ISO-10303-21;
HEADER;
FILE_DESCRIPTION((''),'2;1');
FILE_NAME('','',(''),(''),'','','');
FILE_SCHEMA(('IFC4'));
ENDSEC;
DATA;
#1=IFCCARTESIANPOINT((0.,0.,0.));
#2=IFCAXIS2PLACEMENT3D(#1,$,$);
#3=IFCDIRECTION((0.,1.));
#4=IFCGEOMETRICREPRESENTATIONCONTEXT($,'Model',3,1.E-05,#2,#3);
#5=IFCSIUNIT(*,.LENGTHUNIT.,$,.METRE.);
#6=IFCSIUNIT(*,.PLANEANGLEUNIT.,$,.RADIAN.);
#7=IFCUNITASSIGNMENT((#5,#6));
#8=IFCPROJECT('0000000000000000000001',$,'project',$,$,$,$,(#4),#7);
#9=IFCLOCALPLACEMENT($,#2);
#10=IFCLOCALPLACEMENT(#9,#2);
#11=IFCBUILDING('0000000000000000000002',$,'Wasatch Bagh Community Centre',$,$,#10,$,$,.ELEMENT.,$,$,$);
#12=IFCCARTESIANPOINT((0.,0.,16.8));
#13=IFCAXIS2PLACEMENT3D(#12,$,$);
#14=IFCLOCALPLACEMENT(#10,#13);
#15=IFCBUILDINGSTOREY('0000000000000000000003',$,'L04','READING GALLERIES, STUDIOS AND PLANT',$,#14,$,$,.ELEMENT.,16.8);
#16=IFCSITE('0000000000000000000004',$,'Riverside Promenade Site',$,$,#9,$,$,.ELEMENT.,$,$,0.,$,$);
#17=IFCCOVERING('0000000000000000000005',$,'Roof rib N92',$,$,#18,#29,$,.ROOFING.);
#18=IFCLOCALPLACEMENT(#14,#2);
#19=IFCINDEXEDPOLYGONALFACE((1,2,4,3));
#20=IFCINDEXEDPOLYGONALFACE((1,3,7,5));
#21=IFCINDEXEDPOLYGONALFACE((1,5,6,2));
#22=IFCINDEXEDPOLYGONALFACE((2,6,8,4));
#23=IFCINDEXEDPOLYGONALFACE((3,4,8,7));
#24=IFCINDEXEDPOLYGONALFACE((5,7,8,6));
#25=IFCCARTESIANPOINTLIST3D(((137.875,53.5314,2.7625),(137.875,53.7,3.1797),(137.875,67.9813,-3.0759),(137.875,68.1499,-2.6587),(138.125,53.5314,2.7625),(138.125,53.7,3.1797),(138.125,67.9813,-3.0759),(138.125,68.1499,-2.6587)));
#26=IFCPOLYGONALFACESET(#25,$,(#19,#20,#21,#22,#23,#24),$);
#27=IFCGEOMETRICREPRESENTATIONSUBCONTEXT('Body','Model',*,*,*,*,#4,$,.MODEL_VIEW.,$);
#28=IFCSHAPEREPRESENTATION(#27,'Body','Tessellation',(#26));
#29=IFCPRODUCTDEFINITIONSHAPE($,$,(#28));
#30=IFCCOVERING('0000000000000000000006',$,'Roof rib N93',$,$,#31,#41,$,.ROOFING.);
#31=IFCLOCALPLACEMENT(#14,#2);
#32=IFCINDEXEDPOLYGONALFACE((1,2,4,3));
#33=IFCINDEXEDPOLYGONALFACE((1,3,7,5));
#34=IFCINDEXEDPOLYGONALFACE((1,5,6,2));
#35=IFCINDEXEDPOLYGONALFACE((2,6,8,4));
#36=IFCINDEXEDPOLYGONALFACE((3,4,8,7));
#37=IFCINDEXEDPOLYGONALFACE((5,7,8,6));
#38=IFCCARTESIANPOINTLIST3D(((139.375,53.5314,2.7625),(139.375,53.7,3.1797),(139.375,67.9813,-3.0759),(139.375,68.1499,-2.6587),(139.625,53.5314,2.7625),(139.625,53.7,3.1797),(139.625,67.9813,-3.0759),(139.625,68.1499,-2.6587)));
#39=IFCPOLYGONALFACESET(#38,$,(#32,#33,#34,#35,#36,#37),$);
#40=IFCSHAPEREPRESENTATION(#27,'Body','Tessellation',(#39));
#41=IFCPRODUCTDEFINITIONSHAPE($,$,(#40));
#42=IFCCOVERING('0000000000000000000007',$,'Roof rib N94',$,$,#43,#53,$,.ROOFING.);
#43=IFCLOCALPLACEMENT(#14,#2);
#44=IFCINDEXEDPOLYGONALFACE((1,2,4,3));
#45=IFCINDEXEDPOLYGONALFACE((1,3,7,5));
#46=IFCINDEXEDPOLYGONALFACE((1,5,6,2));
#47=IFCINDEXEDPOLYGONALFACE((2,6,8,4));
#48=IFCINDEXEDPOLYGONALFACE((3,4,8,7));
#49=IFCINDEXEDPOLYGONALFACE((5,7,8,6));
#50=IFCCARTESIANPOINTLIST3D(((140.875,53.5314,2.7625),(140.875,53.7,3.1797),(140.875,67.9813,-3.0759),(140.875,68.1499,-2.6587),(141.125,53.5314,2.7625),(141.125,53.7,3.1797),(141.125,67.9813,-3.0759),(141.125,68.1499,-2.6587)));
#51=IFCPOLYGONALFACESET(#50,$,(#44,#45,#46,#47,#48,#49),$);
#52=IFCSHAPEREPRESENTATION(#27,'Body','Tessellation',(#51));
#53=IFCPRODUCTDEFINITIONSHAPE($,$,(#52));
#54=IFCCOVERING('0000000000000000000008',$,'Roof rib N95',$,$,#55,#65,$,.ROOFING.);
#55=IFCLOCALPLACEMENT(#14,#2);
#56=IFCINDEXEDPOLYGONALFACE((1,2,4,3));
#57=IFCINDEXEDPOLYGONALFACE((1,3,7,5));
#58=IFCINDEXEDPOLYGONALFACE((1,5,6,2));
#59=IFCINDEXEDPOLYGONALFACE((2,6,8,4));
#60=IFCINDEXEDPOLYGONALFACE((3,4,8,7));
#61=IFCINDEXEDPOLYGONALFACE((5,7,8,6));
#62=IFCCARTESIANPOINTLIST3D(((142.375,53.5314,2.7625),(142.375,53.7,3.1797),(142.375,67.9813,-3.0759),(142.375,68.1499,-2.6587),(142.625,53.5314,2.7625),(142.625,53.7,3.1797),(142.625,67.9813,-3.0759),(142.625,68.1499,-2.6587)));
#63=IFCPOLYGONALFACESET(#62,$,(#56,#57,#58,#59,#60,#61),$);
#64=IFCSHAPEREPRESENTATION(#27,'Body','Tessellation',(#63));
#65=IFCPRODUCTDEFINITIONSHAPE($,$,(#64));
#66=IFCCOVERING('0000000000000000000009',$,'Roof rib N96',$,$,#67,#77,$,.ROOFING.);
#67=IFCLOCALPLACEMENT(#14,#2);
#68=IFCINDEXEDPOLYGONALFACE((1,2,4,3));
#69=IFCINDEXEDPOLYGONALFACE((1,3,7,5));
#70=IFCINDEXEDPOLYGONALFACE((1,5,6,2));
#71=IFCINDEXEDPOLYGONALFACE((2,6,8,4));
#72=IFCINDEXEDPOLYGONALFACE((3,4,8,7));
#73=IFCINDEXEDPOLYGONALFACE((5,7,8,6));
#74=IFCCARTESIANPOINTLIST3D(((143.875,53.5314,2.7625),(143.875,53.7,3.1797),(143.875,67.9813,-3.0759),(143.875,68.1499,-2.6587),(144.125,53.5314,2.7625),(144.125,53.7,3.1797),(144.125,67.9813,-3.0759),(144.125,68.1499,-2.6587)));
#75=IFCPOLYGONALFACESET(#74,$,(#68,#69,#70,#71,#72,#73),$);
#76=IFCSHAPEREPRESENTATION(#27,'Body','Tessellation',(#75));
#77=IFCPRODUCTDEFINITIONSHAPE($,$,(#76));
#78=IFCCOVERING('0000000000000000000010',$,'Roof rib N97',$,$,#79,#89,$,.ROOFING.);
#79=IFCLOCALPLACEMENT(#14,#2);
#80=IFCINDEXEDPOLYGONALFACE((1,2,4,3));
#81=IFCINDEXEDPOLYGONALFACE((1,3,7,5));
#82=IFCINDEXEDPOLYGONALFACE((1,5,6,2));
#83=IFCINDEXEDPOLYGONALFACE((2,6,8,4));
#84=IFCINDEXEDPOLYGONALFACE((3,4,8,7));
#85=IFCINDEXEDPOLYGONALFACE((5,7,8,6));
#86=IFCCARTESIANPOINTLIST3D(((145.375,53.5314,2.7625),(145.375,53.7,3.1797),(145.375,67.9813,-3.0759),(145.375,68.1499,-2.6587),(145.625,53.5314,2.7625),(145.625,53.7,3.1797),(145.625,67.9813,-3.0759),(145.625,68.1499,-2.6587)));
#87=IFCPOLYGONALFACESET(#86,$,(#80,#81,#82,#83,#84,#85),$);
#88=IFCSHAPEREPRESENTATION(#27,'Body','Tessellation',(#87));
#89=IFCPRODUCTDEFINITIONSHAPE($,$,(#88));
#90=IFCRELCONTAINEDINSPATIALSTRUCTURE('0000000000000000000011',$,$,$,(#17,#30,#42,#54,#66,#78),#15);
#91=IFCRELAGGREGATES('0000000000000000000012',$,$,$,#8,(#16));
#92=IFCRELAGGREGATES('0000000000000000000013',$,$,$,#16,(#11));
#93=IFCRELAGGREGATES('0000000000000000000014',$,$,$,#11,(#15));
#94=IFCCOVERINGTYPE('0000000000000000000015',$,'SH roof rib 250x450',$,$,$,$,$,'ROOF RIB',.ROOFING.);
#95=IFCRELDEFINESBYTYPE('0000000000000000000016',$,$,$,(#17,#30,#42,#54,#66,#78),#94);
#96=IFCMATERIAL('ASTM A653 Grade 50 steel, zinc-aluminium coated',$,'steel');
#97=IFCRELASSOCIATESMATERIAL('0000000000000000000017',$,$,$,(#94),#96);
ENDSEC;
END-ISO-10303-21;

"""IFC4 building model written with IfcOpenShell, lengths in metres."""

from ifc_helpers import new_model, si_unit, direction, frame, origin, place, context, subcontext, project, spatial, polyline, outline, extrude, material, type_object, element, save


model = new_model("IFC4")

# Units and contexts
model_context = context("Model", 3, precision=1e-05, world=origin(), true_north=direction((0.0, 1.0)))
body_context = subcontext(model_context, "Body", "Model", "MODEL_VIEW")
ifc_project = project(units=[si_unit("LENGTHUNIT", "METRE"), si_unit("PLANEANGLEUNIT", "RADIAN")], contexts=[model_context])

# Site, building, storey
site_placement = place(None, origin())
site = spatial("IfcSite", under=ifc_project, at=site_placement, Name="Riverside Promenade Site", CompositionType="ELEMENT", RefElevation=0.0)
building_placement = place(site_placement, origin())
building = spatial("IfcBuilding", under=site, at=building_placement, Name="Wasatch Bagh Community Centre", CompositionType="ELEMENT")
storey_placement = place(building_placement, frame((0.0, 0.0, 16.8)))
storey = spatial("IfcBuildingStorey", under=building, at=storey_placement, Name="L04", Description="READING GALLERIES, STUDIOS AND PLANT", CompositionType="ELEMENT", Elevation=16.8)

# Coverings
ifc_material_1 = material(Name="ASTM A653 Grade 50 steel, zinc-aluminium coated", Category="steel")
covering_type = type_object("IfcCoveringType", Name="SH roof rib 250x450", ElementType="ROOF RIB", PredefinedType="ROOFING", material=ifc_material_1)
for number, where, z_axis, x_axis, name in (
    (1, (137.875, 53.7, 3.1797), (0.0, 0.374619, 0.927179), (0.0, 0.927179, -0.374619), "Roof rib N92"),
    (2, (139.375, 53.7, 3.1797), (0.0, 0.374619, 0.927179), (0.0, 0.927179, -0.374619), "Roof rib N93"),
    (3, (140.875, 53.7, 3.1797), (0.0, 0.374619, 0.927179), (0.0, 0.927179, -0.374619), "Roof rib N94"),
    (4, (142.375, 53.7, 3.1797), (0.0, 0.374619, 0.927179), (0.0, 0.927179, -0.374619), "Roof rib N95"),
    (5, (143.875, 53.7, 3.1797), (0.0, 0.374619, 0.927179), (0.0, 0.927179, -0.374619), "Roof rib N96"),
    (6, (145.375, 53.7, 3.1797), (0.0, 0.374619, 0.927179), (0.0, 0.927179, -0.374619), "Roof rib N97"),
):
    element("IfcCovering", number, at=place(storey_placement, frame(where, z_axis=z_axis, x_axis=x_axis)), inside=storey, type_object=covering_type, Name=name, PredefinedType="ROOFING", context=body_context, shape_type="SweptSolid", body=[
        extrude(outline(polyline([(0.0, 0.0), (15.5849, 0.0), (15.5849, -0.25), (0.0, -0.25), (0.0, 0.0)])), origin(), (0.0, 0.0, -1.0), 0.45),
    ])

save(model, "model.ifc")
